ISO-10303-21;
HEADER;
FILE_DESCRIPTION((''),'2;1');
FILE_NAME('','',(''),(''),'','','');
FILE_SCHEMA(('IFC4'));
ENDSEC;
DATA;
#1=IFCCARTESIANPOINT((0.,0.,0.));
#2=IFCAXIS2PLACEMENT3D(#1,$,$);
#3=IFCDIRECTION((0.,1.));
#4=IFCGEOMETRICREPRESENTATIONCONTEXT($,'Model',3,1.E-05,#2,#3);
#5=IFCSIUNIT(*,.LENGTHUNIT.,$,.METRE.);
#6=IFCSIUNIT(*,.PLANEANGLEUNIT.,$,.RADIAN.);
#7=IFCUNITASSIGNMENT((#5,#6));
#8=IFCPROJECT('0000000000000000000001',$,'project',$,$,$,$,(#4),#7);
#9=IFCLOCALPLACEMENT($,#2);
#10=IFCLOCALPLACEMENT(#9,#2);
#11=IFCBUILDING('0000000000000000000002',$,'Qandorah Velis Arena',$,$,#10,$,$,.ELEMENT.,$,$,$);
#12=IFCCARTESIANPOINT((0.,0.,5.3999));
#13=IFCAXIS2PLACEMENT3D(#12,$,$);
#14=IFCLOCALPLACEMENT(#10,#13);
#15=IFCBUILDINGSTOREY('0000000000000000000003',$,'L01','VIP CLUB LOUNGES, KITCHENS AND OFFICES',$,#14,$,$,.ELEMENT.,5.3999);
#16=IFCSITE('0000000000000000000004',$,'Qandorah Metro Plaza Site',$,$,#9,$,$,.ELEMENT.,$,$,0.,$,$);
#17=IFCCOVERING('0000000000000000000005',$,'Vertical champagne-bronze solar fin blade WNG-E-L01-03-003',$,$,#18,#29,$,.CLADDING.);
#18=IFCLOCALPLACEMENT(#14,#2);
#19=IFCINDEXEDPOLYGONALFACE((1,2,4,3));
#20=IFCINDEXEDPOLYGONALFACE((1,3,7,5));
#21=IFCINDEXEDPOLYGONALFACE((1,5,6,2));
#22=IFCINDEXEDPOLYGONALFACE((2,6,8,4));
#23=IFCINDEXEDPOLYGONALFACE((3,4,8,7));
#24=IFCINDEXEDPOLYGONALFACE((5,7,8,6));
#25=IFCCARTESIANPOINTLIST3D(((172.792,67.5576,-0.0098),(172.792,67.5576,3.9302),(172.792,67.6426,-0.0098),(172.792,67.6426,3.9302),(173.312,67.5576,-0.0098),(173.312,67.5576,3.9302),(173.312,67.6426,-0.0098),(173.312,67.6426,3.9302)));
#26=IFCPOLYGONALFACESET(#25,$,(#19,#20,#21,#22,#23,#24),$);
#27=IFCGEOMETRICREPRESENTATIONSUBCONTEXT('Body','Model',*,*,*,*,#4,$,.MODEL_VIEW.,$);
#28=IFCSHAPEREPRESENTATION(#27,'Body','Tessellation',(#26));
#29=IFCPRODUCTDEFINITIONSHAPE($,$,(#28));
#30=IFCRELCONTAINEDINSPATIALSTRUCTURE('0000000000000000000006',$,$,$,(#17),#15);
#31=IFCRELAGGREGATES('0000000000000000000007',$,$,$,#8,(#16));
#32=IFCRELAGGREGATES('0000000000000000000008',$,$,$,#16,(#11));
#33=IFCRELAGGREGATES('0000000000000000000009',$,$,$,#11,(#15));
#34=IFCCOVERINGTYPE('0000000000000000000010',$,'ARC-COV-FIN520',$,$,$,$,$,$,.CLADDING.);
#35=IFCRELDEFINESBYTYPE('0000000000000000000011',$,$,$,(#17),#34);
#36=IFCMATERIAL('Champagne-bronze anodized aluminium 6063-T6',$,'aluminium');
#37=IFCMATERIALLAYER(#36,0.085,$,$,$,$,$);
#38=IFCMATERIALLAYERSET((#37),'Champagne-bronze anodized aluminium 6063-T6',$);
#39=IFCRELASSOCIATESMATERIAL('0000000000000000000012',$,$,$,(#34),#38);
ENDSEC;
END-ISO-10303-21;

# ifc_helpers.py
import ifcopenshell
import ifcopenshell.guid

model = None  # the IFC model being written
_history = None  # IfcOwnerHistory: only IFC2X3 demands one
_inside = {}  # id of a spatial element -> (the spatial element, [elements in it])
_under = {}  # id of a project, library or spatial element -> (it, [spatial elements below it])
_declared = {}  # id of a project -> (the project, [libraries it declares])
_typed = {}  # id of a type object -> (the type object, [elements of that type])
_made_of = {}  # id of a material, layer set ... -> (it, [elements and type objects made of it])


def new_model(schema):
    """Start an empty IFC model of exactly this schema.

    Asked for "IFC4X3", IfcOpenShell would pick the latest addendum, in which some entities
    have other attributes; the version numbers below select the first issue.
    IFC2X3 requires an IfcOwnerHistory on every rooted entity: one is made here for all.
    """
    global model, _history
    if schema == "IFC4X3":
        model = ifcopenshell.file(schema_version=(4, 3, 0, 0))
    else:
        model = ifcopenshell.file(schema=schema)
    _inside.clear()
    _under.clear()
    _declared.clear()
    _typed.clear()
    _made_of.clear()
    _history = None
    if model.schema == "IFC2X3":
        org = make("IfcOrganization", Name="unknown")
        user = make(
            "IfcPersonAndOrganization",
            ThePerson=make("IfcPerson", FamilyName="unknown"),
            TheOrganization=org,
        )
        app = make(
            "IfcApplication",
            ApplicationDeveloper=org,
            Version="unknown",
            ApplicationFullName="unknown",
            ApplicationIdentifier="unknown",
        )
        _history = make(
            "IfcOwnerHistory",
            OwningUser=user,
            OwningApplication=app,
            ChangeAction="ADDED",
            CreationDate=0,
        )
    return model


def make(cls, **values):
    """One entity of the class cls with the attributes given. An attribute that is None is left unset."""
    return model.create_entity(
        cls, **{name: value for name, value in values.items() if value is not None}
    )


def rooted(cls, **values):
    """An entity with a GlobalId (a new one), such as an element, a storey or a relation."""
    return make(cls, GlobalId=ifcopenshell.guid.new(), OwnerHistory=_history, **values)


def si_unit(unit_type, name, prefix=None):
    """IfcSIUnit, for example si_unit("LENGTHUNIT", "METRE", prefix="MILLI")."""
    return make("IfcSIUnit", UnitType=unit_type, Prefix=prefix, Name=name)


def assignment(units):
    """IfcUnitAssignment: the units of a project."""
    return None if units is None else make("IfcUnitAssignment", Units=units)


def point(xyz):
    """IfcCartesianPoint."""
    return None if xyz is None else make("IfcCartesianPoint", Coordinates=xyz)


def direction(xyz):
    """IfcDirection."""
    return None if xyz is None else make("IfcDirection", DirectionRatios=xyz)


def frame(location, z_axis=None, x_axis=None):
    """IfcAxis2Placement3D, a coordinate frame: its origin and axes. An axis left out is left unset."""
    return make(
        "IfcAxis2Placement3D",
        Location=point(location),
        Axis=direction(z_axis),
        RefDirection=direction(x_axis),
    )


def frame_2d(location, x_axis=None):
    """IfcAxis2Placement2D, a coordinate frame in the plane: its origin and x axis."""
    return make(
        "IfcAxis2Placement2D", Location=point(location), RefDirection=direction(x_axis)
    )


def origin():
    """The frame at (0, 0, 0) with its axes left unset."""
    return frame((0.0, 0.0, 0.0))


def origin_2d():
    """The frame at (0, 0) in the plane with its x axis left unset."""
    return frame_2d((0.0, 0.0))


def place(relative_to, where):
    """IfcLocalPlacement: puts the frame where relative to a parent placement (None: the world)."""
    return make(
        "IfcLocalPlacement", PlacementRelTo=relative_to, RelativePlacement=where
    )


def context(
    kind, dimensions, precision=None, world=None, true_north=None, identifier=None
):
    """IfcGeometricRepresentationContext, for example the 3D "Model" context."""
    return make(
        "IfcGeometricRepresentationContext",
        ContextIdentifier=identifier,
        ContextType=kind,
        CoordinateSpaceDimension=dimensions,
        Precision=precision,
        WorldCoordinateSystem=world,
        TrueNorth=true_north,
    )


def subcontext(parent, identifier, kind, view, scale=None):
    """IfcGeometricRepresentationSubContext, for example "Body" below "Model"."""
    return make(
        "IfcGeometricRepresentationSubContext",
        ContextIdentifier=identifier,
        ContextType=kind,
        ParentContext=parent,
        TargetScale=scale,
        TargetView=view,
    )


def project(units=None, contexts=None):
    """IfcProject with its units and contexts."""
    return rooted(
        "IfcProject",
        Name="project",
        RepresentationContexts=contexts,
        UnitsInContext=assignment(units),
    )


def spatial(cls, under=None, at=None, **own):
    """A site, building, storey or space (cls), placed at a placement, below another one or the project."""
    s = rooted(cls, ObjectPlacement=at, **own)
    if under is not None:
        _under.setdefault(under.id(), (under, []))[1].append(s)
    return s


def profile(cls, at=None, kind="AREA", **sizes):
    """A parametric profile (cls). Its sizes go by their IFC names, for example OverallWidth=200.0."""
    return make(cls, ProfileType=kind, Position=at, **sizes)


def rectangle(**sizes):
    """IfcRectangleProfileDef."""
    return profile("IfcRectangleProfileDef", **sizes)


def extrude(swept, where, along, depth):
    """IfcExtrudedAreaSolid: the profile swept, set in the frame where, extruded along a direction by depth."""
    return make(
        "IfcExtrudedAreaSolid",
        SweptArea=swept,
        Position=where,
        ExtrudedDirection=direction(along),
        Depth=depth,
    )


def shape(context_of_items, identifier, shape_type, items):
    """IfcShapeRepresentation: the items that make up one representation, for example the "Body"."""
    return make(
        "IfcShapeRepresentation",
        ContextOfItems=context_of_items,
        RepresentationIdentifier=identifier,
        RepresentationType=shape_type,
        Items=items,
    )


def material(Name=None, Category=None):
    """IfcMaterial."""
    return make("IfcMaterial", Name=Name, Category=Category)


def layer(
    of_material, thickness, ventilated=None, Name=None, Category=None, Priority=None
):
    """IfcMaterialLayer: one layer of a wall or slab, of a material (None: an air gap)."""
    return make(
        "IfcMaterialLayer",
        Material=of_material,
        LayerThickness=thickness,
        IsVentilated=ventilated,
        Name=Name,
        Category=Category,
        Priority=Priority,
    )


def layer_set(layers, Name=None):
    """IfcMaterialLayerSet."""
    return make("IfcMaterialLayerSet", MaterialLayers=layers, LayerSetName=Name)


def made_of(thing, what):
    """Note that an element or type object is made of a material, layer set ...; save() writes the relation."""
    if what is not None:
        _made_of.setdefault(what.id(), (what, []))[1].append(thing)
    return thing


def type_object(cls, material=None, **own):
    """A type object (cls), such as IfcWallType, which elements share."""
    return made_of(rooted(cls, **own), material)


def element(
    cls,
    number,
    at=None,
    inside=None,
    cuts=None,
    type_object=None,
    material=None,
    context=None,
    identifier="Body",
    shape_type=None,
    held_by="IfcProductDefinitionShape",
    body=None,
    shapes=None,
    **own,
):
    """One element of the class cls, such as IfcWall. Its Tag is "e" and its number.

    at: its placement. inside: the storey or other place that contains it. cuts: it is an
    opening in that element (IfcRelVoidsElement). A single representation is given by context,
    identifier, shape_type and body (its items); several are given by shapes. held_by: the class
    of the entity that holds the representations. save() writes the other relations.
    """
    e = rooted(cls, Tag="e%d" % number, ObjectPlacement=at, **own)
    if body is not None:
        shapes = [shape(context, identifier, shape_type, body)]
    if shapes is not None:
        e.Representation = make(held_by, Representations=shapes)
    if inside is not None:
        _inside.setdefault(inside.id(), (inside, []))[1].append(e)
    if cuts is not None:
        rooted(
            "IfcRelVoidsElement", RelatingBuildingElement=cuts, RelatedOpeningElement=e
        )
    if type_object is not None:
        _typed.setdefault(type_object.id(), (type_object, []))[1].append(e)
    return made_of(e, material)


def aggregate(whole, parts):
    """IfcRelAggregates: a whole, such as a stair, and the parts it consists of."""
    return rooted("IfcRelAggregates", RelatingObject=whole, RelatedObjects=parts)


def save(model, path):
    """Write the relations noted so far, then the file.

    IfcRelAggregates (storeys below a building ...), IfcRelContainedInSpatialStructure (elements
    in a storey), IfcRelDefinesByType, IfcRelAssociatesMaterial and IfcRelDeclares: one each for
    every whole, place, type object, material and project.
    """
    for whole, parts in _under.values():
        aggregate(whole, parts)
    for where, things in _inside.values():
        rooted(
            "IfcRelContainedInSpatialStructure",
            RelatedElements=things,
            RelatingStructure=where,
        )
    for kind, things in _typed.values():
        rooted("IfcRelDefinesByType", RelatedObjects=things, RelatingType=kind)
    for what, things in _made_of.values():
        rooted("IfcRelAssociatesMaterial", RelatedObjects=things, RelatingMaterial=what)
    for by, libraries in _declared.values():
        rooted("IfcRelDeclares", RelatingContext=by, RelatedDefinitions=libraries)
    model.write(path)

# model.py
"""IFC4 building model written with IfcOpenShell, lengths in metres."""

from ifc_helpers import new_model, si_unit, direction, frame, origin, origin_2d, place, context, subcontext, project, spatial, rectangle, extrude, material, layer, layer_set, type_object, element, save


model = new_model("IFC4")

# Units and contexts
model_context = context("Model", 3, precision=1e-05, world=origin(), true_north=direction((0.0, 1.0)))
body_context = subcontext(model_context, "Body", "Model", "MODEL_VIEW")
ifc_project = project(units=[si_unit("LENGTHUNIT", "METRE"), si_unit("PLANEANGLEUNIT", "RADIAN")], contexts=[model_context])

# Site, building, storey
site_placement = place(None, origin())
site = spatial("IfcSite", under=ifc_project, at=site_placement, Name="Qandorah Metro Plaza Site", CompositionType="ELEMENT", RefElevation=0.0)
building_placement = place(site_placement, origin())
building = spatial("IfcBuilding", under=site, at=building_placement, Name="Qandorah Velis Arena", CompositionType="ELEMENT")
storey_placement = place(building_placement, frame((0.0, 0.0, 5.3999)))
storey = spatial("IfcBuildingStorey", under=building, at=storey_placement, Name="L01", Description="VIP CLUB LOUNGES, KITCHENS AND OFFICES", CompositionType="ELEMENT", Elevation=5.3999)

# Shared definitions
ifc_material_1 = material(Name="Champagne-bronze anodized aluminium 6063-T6", Category="aluminium")

# Covering
ifc_layer_1 = layer(ifc_material_1, 0.085)
ifc_layer_set_1 = layer_set([ifc_layer_1], Name="Champagne-bronze anodized aluminium 6063-T6")
covering_type = type_object("IfcCoveringType", Name="ARC-COV-FIN520", PredefinedType="CLADDING", material=ifc_layer_set_1)
for number, where, z_axis, x_axis, name in (
    (1, (173.052, 67.6001, -0.0098), (0.0, 0.0, 1.0), (1.0, 0.0, 0.0), "Vertical champagne-bronze solar fin blade WNG-E-L01-03-003"),
):
    element("IfcCovering", number, at=place(storey_placement, frame(where, z_axis=z_axis, x_axis=x_axis)), inside=storey, type_object=covering_type, Name=name, PredefinedType="CLADDING", context=body_context, shape_type="SweptSolid", body=[
        extrude(rectangle(XDim=0.52, YDim=0.085, at=origin_2d()), origin(), (0.0, 0.0, 1.0), 3.9399),
    ])

save(model, "model.ifc")
